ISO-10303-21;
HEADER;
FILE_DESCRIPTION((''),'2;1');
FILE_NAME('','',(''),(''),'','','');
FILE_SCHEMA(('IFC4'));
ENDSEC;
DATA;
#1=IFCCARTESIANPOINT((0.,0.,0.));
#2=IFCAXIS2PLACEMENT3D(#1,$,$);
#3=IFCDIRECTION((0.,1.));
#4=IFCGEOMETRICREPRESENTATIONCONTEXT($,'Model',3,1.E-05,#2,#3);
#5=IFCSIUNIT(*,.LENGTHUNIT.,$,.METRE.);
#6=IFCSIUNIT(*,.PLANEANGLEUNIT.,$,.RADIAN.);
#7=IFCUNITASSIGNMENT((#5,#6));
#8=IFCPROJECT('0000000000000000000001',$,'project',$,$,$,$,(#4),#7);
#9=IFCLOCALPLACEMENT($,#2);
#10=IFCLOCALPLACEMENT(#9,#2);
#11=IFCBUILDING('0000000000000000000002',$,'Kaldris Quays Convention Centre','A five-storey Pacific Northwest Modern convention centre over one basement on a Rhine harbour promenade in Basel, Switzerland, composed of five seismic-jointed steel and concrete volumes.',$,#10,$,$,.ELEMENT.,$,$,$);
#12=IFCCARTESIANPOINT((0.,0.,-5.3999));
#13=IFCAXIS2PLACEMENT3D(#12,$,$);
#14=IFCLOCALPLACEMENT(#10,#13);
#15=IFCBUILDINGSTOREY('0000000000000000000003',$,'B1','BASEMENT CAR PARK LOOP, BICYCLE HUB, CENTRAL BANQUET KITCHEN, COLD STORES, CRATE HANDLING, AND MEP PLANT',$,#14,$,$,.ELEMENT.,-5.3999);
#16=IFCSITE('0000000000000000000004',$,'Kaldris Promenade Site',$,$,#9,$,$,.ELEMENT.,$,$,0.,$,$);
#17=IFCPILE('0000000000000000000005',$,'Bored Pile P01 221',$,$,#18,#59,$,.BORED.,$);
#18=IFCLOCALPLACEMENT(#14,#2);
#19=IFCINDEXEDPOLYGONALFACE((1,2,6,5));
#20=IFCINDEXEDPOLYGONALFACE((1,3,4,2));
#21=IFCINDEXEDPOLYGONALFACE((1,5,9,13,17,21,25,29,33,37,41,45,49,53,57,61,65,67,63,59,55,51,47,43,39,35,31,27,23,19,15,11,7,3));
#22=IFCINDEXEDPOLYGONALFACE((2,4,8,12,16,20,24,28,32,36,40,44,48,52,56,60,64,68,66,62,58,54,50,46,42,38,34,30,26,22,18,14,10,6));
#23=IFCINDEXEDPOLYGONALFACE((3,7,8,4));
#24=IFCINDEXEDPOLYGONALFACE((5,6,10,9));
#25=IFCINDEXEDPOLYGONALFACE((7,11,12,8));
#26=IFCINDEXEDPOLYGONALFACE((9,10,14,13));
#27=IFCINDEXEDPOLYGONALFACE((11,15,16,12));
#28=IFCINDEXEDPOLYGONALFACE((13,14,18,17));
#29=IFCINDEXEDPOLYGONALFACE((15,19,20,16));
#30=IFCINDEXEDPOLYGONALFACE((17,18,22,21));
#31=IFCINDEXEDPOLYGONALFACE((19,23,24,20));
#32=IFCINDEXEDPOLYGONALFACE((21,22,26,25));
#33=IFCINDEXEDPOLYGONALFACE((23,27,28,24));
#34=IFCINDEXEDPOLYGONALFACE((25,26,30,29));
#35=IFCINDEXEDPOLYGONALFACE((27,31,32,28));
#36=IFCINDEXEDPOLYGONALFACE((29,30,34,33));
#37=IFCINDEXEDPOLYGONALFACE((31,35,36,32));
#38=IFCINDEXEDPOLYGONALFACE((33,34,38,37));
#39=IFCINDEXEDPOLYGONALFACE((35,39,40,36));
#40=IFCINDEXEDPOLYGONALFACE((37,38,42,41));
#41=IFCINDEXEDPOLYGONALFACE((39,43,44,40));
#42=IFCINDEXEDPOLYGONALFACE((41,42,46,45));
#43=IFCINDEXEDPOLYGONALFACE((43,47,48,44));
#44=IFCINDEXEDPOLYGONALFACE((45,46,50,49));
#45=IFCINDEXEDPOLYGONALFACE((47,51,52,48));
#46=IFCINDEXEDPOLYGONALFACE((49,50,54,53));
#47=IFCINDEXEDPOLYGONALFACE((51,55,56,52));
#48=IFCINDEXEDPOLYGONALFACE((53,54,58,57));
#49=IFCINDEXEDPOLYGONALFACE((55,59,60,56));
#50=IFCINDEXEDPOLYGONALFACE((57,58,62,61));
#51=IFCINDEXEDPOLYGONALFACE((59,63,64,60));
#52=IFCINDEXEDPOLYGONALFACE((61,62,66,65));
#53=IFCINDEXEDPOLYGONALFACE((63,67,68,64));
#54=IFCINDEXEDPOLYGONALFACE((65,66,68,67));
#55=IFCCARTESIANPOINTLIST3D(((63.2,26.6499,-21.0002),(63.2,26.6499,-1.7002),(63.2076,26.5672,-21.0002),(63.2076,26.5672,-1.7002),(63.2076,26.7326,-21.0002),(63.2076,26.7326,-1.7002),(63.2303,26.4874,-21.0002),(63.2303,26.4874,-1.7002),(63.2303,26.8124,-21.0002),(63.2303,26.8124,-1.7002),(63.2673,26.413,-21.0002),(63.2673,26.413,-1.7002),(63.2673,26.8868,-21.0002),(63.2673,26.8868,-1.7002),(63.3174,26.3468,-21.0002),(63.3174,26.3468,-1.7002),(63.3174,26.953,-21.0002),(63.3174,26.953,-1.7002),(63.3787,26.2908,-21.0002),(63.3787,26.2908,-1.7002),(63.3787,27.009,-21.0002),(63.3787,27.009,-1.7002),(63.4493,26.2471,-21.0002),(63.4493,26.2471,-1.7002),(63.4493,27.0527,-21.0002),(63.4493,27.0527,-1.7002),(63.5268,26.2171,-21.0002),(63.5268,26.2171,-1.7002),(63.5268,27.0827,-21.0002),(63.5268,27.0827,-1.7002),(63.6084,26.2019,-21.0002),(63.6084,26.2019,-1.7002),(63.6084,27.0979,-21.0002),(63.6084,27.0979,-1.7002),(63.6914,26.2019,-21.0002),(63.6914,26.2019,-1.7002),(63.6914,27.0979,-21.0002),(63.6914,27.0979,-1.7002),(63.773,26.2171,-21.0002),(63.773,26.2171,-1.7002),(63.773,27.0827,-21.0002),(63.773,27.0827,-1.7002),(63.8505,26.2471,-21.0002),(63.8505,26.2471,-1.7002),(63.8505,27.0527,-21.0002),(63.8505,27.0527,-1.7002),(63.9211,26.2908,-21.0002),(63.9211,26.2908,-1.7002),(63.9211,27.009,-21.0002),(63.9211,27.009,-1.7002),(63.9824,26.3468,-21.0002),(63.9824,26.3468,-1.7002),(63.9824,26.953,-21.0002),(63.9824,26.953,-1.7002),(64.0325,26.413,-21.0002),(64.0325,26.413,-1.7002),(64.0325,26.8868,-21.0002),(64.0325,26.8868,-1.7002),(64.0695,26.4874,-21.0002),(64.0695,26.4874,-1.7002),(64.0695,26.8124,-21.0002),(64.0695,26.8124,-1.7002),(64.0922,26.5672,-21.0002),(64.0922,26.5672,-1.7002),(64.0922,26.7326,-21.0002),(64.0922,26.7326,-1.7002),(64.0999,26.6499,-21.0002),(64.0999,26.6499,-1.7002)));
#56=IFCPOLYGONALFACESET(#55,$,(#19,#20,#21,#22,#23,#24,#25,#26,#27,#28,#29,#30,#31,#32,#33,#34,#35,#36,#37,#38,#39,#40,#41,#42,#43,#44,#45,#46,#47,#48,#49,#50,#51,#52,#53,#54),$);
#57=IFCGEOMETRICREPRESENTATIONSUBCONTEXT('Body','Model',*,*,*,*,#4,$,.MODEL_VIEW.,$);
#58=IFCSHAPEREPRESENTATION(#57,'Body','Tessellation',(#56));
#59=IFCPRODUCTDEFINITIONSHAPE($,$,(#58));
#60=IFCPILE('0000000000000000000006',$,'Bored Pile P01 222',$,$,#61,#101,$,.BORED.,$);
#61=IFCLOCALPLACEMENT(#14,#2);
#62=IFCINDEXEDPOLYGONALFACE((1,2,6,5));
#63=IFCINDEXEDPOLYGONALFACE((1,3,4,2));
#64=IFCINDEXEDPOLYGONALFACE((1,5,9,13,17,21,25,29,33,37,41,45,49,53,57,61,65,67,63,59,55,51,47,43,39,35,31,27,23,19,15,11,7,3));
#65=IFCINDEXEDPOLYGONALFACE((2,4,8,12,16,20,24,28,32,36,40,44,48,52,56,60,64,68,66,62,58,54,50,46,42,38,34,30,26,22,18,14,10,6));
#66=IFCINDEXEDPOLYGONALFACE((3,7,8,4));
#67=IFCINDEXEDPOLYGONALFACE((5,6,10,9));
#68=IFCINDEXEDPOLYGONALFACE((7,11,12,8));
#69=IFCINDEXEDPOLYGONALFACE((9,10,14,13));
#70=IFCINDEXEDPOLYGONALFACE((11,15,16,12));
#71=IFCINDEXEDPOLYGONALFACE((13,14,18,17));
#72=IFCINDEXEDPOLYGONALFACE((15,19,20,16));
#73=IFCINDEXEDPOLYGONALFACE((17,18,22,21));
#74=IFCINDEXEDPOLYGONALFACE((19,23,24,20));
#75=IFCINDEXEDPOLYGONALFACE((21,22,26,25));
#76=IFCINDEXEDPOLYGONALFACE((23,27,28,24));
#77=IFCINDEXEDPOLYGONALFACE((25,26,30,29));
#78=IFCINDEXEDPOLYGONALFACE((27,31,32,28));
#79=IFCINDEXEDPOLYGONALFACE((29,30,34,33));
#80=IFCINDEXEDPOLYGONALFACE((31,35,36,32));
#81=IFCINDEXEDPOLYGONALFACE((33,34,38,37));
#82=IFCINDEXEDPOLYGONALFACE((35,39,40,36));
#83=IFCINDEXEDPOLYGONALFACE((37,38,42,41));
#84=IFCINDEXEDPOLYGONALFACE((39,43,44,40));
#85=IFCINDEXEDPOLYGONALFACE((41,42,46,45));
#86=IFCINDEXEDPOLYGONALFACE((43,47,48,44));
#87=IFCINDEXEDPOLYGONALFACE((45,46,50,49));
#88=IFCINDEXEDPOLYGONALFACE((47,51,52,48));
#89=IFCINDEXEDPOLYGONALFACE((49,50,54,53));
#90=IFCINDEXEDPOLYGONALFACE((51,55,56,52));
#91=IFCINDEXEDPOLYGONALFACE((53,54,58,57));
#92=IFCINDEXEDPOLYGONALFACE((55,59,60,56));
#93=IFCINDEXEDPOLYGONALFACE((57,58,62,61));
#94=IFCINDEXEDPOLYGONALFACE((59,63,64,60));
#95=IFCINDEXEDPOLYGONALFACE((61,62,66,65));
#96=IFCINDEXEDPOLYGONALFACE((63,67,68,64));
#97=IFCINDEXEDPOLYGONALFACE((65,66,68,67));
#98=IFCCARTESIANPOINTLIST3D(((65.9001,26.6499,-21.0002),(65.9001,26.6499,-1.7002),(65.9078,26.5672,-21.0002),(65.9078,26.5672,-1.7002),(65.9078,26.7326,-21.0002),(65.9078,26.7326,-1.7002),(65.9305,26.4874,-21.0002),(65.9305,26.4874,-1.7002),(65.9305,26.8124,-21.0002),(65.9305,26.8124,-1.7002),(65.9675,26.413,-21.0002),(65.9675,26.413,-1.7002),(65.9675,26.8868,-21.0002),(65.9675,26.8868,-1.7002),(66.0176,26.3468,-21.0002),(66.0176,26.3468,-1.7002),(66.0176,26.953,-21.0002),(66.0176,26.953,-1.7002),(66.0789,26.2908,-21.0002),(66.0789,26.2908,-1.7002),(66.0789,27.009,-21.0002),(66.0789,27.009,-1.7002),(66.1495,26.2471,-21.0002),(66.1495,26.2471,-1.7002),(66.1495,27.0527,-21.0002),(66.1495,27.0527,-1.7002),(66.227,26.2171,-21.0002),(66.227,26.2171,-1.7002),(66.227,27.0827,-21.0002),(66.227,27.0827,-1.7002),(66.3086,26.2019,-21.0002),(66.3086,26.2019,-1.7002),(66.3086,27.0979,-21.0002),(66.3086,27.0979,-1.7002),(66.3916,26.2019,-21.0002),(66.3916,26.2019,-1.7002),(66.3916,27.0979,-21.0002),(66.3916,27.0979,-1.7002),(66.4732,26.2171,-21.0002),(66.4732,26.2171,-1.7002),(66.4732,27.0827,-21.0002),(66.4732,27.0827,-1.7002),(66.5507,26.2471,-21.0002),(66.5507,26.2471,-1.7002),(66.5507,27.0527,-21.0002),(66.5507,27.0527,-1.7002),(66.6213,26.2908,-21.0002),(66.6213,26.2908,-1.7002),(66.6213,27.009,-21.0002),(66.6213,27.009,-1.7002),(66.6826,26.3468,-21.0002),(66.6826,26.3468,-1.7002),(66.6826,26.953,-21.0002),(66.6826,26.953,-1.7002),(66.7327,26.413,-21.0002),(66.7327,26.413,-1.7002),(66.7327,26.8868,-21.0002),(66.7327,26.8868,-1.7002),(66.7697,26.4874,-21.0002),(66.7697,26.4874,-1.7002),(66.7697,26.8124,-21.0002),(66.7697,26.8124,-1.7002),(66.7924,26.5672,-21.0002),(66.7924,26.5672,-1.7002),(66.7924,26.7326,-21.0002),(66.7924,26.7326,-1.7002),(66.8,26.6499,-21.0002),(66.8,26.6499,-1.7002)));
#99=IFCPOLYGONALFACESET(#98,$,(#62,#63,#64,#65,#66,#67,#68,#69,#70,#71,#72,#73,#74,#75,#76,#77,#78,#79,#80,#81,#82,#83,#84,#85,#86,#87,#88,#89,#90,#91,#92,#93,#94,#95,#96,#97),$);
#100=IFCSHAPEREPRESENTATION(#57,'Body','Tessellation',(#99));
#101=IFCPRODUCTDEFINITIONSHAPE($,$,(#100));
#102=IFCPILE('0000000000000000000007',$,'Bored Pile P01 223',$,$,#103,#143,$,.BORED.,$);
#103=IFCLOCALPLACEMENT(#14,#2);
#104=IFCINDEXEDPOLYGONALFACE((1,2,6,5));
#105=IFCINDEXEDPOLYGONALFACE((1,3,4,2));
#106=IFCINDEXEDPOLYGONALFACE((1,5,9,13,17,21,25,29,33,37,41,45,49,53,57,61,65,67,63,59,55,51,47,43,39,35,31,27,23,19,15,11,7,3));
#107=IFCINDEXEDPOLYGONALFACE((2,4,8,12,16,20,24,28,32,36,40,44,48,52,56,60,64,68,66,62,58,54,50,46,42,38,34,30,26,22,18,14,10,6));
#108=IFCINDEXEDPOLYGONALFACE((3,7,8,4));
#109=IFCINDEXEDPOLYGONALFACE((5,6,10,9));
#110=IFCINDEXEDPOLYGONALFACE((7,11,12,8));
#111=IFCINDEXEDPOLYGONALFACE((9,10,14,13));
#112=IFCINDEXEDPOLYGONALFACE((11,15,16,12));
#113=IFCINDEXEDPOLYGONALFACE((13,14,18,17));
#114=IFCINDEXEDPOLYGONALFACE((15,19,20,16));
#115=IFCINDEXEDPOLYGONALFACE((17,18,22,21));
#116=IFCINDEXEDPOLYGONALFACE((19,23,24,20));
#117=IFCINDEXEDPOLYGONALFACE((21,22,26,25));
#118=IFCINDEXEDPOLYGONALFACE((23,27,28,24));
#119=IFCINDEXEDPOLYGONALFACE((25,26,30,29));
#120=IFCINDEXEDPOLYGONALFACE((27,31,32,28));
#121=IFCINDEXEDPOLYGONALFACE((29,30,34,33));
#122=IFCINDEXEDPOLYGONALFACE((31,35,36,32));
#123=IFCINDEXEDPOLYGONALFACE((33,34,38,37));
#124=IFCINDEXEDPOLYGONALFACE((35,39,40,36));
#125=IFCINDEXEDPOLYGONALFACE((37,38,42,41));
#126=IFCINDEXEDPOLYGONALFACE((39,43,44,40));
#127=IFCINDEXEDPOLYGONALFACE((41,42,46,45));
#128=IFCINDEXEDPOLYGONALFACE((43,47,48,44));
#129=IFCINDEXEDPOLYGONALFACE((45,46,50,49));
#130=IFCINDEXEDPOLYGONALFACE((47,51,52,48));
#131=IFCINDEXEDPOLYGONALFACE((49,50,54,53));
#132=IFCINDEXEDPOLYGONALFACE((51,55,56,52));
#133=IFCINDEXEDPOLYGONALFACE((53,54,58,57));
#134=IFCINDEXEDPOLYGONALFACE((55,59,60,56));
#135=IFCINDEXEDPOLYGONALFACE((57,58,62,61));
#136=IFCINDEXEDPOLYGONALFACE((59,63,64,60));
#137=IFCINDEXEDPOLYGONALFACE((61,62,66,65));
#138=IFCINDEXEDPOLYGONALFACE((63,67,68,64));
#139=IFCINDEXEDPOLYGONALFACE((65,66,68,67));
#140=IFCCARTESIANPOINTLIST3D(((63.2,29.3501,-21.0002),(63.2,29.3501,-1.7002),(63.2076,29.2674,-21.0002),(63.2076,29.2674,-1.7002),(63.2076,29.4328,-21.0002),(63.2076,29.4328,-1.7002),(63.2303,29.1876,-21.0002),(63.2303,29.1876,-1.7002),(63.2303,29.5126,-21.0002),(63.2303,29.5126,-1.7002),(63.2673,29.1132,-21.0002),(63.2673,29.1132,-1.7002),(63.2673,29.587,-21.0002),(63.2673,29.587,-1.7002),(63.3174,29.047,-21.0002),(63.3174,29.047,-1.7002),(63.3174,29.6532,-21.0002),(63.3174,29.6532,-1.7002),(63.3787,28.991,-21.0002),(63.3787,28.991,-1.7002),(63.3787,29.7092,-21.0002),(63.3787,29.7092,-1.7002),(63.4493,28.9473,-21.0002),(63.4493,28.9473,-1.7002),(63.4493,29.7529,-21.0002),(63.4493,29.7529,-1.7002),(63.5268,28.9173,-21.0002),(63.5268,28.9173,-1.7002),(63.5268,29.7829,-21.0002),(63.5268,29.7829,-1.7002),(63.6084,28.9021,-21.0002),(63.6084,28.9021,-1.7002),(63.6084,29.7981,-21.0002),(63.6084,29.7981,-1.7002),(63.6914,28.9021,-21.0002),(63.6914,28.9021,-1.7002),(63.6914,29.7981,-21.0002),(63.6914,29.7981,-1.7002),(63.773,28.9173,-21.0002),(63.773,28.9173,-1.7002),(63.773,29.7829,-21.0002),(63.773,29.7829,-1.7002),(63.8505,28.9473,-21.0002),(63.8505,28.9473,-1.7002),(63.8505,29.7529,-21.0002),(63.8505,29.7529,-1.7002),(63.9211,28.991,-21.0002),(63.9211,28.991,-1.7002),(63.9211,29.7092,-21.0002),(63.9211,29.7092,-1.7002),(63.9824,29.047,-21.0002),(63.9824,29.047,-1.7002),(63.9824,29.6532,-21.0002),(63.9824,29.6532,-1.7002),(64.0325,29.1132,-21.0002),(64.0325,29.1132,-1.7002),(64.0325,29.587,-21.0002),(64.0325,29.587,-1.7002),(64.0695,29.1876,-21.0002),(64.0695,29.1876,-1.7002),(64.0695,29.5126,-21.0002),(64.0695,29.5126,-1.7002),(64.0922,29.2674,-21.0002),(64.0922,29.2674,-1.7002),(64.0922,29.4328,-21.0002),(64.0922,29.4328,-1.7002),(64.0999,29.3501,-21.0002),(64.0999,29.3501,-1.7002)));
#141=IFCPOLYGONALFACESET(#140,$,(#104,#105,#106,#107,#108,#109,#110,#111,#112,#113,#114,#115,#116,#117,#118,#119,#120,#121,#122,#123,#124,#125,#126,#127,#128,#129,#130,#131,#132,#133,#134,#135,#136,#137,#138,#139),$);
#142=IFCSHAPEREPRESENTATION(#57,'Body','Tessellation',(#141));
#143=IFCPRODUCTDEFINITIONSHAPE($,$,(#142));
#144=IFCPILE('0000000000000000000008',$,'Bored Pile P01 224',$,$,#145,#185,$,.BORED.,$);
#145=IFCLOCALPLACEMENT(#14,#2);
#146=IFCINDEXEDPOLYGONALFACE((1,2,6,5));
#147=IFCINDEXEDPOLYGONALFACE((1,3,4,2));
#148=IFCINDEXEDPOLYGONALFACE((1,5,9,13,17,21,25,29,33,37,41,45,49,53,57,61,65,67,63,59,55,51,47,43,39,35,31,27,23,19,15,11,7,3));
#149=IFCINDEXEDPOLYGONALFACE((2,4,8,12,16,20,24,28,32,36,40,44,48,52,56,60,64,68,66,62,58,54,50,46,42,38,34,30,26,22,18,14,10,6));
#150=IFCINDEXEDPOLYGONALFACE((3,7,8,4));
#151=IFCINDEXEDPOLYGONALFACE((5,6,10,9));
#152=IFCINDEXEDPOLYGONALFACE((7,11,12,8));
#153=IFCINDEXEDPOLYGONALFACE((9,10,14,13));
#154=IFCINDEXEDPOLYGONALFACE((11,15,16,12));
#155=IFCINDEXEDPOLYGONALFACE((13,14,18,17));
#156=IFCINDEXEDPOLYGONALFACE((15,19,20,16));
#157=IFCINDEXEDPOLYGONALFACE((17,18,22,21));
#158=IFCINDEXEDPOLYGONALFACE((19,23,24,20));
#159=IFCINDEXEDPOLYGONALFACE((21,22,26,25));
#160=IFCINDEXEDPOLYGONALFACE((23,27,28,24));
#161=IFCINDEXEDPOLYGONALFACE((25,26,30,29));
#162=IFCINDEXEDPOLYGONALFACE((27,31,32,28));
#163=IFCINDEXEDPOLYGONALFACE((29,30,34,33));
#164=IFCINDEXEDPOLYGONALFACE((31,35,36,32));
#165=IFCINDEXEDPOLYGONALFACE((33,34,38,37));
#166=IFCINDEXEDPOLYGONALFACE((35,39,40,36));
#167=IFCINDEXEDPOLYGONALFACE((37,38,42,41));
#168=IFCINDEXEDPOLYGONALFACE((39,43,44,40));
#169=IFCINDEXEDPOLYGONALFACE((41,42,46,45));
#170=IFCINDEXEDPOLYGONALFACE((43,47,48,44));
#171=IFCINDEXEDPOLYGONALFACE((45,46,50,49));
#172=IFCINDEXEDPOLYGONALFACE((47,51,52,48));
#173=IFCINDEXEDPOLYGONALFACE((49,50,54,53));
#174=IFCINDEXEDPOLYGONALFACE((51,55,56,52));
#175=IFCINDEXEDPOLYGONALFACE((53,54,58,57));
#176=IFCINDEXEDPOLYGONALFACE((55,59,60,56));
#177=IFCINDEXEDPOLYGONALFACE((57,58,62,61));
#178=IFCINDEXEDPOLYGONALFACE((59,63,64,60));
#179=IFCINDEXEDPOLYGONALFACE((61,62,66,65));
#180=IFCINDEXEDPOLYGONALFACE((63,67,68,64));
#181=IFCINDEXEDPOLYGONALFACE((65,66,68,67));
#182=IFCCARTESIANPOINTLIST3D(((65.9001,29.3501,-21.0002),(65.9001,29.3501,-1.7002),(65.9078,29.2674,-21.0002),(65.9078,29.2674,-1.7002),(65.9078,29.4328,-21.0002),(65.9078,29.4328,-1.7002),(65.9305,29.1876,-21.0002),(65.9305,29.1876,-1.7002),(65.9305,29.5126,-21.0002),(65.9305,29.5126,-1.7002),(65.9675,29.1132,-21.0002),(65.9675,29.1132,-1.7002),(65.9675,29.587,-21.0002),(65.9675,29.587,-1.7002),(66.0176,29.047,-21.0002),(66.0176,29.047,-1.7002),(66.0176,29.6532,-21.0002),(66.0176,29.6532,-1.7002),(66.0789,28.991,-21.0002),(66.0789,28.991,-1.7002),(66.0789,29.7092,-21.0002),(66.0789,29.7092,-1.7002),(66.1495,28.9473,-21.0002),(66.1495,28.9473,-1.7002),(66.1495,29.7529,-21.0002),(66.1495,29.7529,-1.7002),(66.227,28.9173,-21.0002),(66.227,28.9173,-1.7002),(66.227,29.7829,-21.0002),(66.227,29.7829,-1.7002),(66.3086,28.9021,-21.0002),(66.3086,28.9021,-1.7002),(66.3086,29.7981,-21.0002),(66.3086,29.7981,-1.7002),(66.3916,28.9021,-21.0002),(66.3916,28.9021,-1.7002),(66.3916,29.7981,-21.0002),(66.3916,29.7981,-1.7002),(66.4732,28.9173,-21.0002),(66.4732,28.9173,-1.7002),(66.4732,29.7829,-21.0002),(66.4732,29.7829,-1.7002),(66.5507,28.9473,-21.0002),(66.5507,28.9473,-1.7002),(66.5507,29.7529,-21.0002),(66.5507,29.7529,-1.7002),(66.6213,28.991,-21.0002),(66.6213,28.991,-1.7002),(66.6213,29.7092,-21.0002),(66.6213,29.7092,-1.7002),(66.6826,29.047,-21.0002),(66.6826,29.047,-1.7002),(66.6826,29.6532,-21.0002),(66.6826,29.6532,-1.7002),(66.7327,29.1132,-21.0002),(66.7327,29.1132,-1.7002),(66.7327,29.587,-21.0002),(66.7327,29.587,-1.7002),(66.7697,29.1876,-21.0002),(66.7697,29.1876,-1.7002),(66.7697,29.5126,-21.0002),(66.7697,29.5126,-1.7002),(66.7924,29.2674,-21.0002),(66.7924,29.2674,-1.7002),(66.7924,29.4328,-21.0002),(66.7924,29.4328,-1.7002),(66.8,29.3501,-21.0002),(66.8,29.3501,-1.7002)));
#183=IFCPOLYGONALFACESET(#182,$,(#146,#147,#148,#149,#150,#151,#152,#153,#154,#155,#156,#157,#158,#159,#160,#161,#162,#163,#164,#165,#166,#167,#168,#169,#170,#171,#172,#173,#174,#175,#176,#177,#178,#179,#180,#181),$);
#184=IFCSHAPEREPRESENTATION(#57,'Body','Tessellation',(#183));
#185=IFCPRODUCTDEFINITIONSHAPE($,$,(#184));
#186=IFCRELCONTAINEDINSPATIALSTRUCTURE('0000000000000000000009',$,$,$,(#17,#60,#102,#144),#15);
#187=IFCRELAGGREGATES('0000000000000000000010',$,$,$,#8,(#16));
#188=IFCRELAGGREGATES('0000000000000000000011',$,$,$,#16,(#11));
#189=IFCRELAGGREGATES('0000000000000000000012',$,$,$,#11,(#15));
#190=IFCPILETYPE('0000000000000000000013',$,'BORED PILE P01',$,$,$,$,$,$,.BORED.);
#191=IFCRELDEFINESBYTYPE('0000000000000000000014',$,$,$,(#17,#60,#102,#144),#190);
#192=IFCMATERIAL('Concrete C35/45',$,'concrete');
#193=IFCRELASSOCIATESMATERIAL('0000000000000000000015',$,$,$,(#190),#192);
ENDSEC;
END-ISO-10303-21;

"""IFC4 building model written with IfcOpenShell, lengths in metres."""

from ifc_helpers import new_model, si_unit, direction, frame, origin, origin_2d, place, context, subcontext, project, spatial, circle, extrude, material, material_profile, profile_set, type_object, element, save


model = new_model("IFC4")

# Units and contexts
model_context = context("Model", 3, precision=1e-05, world=origin(), true_north=direction((0.0, 1.0)))
body_context = subcontext(model_context, "Body", "Model", "MODEL_VIEW")
ifc_project = project(units=[si_unit("LENGTHUNIT", "METRE"), si_unit("PLANEANGLEUNIT", "RADIAN")], contexts=[model_context])

# Site, building, storey
site_placement = place(None, origin())
site = spatial("IfcSite", under=ifc_project, at=site_placement, Name="Kaldris Promenade Site", CompositionType="ELEMENT", RefElevation=0.0)
building_placement = place(site_placement, origin())
building = spatial("IfcBuilding", under=site, at=building_placement, Name="Kaldris Quays Convention Centre", Description="A five-storey Pacific Northwest Modern convention centre over one basement on a Rhine harbour promenade in Basel, Switzerland, composed of five seismic-jointed steel and concrete volumes.", CompositionType="ELEMENT")
storey_placement = place(building_placement, frame((0.0, 0.0, -5.3999)))
storey = spatial("IfcBuildingStorey", under=building, at=storey_placement, Name="B1", Description="BASEMENT CAR PARK LOOP, BICYCLE HUB, CENTRAL BANQUET KITCHEN, COLD STORES, CRATE HANDLING, AND MEP PLANT", CompositionType="ELEMENT", Elevation=-5.3999)

# Piles
ifc_material_1 = material(Name="Concrete C35/45", Category="concrete")
ifc_material_profile_1 = material_profile(ifc_material_1, circle(Radius=0.45, at=origin_2d()), Name="BORED PILE D900")
ifc_profile_set_1 = profile_set([ifc_material_profile_1], Name="Concrete C35/45")
pile_type = type_object("IfcPileType", Name="BORED PILE P01", PredefinedType="BORED", material=ifc_profile_set_1)
for number, where, z_axis, x_axis, name in (
    (1, (63.6499, 26.6499, -1.7002), (0.0, 0.0, -1.0), (1.0, 0.0, 0.0), "Bored Pile P01 221"),
    (2, (66.3501, 26.6499, -1.7002), (0.0, 0.0, -1.0), (1.0, 0.0, 0.0), "Bored Pile P01 222"),
    (3, (63.6499, 29.3501, -1.7002), (0.0, 0.0, -1.0), (1.0, 0.0, 0.0), "Bored Pile P01 223"),
    (4, (66.3501, 29.3501, -1.7002), (0.0, 0.0, -1.0), (1.0, 0.0, 0.0), "Bored Pile P01 224"),
):
    element("IfcPile", number, at=place(storey_placement, frame(where, z_axis=z_axis, x_axis=x_axis)), inside=storey, type_object=pile_type, Name=name, PredefinedType="BORED", context=body_context, shape_type="SweptSolid", body=[
        extrude(circle(Radius=0.45, at=origin_2d()), origin(), (0.0, 0.0, 1.0), 19.3),
    ])

save(model, "model.ifc")
